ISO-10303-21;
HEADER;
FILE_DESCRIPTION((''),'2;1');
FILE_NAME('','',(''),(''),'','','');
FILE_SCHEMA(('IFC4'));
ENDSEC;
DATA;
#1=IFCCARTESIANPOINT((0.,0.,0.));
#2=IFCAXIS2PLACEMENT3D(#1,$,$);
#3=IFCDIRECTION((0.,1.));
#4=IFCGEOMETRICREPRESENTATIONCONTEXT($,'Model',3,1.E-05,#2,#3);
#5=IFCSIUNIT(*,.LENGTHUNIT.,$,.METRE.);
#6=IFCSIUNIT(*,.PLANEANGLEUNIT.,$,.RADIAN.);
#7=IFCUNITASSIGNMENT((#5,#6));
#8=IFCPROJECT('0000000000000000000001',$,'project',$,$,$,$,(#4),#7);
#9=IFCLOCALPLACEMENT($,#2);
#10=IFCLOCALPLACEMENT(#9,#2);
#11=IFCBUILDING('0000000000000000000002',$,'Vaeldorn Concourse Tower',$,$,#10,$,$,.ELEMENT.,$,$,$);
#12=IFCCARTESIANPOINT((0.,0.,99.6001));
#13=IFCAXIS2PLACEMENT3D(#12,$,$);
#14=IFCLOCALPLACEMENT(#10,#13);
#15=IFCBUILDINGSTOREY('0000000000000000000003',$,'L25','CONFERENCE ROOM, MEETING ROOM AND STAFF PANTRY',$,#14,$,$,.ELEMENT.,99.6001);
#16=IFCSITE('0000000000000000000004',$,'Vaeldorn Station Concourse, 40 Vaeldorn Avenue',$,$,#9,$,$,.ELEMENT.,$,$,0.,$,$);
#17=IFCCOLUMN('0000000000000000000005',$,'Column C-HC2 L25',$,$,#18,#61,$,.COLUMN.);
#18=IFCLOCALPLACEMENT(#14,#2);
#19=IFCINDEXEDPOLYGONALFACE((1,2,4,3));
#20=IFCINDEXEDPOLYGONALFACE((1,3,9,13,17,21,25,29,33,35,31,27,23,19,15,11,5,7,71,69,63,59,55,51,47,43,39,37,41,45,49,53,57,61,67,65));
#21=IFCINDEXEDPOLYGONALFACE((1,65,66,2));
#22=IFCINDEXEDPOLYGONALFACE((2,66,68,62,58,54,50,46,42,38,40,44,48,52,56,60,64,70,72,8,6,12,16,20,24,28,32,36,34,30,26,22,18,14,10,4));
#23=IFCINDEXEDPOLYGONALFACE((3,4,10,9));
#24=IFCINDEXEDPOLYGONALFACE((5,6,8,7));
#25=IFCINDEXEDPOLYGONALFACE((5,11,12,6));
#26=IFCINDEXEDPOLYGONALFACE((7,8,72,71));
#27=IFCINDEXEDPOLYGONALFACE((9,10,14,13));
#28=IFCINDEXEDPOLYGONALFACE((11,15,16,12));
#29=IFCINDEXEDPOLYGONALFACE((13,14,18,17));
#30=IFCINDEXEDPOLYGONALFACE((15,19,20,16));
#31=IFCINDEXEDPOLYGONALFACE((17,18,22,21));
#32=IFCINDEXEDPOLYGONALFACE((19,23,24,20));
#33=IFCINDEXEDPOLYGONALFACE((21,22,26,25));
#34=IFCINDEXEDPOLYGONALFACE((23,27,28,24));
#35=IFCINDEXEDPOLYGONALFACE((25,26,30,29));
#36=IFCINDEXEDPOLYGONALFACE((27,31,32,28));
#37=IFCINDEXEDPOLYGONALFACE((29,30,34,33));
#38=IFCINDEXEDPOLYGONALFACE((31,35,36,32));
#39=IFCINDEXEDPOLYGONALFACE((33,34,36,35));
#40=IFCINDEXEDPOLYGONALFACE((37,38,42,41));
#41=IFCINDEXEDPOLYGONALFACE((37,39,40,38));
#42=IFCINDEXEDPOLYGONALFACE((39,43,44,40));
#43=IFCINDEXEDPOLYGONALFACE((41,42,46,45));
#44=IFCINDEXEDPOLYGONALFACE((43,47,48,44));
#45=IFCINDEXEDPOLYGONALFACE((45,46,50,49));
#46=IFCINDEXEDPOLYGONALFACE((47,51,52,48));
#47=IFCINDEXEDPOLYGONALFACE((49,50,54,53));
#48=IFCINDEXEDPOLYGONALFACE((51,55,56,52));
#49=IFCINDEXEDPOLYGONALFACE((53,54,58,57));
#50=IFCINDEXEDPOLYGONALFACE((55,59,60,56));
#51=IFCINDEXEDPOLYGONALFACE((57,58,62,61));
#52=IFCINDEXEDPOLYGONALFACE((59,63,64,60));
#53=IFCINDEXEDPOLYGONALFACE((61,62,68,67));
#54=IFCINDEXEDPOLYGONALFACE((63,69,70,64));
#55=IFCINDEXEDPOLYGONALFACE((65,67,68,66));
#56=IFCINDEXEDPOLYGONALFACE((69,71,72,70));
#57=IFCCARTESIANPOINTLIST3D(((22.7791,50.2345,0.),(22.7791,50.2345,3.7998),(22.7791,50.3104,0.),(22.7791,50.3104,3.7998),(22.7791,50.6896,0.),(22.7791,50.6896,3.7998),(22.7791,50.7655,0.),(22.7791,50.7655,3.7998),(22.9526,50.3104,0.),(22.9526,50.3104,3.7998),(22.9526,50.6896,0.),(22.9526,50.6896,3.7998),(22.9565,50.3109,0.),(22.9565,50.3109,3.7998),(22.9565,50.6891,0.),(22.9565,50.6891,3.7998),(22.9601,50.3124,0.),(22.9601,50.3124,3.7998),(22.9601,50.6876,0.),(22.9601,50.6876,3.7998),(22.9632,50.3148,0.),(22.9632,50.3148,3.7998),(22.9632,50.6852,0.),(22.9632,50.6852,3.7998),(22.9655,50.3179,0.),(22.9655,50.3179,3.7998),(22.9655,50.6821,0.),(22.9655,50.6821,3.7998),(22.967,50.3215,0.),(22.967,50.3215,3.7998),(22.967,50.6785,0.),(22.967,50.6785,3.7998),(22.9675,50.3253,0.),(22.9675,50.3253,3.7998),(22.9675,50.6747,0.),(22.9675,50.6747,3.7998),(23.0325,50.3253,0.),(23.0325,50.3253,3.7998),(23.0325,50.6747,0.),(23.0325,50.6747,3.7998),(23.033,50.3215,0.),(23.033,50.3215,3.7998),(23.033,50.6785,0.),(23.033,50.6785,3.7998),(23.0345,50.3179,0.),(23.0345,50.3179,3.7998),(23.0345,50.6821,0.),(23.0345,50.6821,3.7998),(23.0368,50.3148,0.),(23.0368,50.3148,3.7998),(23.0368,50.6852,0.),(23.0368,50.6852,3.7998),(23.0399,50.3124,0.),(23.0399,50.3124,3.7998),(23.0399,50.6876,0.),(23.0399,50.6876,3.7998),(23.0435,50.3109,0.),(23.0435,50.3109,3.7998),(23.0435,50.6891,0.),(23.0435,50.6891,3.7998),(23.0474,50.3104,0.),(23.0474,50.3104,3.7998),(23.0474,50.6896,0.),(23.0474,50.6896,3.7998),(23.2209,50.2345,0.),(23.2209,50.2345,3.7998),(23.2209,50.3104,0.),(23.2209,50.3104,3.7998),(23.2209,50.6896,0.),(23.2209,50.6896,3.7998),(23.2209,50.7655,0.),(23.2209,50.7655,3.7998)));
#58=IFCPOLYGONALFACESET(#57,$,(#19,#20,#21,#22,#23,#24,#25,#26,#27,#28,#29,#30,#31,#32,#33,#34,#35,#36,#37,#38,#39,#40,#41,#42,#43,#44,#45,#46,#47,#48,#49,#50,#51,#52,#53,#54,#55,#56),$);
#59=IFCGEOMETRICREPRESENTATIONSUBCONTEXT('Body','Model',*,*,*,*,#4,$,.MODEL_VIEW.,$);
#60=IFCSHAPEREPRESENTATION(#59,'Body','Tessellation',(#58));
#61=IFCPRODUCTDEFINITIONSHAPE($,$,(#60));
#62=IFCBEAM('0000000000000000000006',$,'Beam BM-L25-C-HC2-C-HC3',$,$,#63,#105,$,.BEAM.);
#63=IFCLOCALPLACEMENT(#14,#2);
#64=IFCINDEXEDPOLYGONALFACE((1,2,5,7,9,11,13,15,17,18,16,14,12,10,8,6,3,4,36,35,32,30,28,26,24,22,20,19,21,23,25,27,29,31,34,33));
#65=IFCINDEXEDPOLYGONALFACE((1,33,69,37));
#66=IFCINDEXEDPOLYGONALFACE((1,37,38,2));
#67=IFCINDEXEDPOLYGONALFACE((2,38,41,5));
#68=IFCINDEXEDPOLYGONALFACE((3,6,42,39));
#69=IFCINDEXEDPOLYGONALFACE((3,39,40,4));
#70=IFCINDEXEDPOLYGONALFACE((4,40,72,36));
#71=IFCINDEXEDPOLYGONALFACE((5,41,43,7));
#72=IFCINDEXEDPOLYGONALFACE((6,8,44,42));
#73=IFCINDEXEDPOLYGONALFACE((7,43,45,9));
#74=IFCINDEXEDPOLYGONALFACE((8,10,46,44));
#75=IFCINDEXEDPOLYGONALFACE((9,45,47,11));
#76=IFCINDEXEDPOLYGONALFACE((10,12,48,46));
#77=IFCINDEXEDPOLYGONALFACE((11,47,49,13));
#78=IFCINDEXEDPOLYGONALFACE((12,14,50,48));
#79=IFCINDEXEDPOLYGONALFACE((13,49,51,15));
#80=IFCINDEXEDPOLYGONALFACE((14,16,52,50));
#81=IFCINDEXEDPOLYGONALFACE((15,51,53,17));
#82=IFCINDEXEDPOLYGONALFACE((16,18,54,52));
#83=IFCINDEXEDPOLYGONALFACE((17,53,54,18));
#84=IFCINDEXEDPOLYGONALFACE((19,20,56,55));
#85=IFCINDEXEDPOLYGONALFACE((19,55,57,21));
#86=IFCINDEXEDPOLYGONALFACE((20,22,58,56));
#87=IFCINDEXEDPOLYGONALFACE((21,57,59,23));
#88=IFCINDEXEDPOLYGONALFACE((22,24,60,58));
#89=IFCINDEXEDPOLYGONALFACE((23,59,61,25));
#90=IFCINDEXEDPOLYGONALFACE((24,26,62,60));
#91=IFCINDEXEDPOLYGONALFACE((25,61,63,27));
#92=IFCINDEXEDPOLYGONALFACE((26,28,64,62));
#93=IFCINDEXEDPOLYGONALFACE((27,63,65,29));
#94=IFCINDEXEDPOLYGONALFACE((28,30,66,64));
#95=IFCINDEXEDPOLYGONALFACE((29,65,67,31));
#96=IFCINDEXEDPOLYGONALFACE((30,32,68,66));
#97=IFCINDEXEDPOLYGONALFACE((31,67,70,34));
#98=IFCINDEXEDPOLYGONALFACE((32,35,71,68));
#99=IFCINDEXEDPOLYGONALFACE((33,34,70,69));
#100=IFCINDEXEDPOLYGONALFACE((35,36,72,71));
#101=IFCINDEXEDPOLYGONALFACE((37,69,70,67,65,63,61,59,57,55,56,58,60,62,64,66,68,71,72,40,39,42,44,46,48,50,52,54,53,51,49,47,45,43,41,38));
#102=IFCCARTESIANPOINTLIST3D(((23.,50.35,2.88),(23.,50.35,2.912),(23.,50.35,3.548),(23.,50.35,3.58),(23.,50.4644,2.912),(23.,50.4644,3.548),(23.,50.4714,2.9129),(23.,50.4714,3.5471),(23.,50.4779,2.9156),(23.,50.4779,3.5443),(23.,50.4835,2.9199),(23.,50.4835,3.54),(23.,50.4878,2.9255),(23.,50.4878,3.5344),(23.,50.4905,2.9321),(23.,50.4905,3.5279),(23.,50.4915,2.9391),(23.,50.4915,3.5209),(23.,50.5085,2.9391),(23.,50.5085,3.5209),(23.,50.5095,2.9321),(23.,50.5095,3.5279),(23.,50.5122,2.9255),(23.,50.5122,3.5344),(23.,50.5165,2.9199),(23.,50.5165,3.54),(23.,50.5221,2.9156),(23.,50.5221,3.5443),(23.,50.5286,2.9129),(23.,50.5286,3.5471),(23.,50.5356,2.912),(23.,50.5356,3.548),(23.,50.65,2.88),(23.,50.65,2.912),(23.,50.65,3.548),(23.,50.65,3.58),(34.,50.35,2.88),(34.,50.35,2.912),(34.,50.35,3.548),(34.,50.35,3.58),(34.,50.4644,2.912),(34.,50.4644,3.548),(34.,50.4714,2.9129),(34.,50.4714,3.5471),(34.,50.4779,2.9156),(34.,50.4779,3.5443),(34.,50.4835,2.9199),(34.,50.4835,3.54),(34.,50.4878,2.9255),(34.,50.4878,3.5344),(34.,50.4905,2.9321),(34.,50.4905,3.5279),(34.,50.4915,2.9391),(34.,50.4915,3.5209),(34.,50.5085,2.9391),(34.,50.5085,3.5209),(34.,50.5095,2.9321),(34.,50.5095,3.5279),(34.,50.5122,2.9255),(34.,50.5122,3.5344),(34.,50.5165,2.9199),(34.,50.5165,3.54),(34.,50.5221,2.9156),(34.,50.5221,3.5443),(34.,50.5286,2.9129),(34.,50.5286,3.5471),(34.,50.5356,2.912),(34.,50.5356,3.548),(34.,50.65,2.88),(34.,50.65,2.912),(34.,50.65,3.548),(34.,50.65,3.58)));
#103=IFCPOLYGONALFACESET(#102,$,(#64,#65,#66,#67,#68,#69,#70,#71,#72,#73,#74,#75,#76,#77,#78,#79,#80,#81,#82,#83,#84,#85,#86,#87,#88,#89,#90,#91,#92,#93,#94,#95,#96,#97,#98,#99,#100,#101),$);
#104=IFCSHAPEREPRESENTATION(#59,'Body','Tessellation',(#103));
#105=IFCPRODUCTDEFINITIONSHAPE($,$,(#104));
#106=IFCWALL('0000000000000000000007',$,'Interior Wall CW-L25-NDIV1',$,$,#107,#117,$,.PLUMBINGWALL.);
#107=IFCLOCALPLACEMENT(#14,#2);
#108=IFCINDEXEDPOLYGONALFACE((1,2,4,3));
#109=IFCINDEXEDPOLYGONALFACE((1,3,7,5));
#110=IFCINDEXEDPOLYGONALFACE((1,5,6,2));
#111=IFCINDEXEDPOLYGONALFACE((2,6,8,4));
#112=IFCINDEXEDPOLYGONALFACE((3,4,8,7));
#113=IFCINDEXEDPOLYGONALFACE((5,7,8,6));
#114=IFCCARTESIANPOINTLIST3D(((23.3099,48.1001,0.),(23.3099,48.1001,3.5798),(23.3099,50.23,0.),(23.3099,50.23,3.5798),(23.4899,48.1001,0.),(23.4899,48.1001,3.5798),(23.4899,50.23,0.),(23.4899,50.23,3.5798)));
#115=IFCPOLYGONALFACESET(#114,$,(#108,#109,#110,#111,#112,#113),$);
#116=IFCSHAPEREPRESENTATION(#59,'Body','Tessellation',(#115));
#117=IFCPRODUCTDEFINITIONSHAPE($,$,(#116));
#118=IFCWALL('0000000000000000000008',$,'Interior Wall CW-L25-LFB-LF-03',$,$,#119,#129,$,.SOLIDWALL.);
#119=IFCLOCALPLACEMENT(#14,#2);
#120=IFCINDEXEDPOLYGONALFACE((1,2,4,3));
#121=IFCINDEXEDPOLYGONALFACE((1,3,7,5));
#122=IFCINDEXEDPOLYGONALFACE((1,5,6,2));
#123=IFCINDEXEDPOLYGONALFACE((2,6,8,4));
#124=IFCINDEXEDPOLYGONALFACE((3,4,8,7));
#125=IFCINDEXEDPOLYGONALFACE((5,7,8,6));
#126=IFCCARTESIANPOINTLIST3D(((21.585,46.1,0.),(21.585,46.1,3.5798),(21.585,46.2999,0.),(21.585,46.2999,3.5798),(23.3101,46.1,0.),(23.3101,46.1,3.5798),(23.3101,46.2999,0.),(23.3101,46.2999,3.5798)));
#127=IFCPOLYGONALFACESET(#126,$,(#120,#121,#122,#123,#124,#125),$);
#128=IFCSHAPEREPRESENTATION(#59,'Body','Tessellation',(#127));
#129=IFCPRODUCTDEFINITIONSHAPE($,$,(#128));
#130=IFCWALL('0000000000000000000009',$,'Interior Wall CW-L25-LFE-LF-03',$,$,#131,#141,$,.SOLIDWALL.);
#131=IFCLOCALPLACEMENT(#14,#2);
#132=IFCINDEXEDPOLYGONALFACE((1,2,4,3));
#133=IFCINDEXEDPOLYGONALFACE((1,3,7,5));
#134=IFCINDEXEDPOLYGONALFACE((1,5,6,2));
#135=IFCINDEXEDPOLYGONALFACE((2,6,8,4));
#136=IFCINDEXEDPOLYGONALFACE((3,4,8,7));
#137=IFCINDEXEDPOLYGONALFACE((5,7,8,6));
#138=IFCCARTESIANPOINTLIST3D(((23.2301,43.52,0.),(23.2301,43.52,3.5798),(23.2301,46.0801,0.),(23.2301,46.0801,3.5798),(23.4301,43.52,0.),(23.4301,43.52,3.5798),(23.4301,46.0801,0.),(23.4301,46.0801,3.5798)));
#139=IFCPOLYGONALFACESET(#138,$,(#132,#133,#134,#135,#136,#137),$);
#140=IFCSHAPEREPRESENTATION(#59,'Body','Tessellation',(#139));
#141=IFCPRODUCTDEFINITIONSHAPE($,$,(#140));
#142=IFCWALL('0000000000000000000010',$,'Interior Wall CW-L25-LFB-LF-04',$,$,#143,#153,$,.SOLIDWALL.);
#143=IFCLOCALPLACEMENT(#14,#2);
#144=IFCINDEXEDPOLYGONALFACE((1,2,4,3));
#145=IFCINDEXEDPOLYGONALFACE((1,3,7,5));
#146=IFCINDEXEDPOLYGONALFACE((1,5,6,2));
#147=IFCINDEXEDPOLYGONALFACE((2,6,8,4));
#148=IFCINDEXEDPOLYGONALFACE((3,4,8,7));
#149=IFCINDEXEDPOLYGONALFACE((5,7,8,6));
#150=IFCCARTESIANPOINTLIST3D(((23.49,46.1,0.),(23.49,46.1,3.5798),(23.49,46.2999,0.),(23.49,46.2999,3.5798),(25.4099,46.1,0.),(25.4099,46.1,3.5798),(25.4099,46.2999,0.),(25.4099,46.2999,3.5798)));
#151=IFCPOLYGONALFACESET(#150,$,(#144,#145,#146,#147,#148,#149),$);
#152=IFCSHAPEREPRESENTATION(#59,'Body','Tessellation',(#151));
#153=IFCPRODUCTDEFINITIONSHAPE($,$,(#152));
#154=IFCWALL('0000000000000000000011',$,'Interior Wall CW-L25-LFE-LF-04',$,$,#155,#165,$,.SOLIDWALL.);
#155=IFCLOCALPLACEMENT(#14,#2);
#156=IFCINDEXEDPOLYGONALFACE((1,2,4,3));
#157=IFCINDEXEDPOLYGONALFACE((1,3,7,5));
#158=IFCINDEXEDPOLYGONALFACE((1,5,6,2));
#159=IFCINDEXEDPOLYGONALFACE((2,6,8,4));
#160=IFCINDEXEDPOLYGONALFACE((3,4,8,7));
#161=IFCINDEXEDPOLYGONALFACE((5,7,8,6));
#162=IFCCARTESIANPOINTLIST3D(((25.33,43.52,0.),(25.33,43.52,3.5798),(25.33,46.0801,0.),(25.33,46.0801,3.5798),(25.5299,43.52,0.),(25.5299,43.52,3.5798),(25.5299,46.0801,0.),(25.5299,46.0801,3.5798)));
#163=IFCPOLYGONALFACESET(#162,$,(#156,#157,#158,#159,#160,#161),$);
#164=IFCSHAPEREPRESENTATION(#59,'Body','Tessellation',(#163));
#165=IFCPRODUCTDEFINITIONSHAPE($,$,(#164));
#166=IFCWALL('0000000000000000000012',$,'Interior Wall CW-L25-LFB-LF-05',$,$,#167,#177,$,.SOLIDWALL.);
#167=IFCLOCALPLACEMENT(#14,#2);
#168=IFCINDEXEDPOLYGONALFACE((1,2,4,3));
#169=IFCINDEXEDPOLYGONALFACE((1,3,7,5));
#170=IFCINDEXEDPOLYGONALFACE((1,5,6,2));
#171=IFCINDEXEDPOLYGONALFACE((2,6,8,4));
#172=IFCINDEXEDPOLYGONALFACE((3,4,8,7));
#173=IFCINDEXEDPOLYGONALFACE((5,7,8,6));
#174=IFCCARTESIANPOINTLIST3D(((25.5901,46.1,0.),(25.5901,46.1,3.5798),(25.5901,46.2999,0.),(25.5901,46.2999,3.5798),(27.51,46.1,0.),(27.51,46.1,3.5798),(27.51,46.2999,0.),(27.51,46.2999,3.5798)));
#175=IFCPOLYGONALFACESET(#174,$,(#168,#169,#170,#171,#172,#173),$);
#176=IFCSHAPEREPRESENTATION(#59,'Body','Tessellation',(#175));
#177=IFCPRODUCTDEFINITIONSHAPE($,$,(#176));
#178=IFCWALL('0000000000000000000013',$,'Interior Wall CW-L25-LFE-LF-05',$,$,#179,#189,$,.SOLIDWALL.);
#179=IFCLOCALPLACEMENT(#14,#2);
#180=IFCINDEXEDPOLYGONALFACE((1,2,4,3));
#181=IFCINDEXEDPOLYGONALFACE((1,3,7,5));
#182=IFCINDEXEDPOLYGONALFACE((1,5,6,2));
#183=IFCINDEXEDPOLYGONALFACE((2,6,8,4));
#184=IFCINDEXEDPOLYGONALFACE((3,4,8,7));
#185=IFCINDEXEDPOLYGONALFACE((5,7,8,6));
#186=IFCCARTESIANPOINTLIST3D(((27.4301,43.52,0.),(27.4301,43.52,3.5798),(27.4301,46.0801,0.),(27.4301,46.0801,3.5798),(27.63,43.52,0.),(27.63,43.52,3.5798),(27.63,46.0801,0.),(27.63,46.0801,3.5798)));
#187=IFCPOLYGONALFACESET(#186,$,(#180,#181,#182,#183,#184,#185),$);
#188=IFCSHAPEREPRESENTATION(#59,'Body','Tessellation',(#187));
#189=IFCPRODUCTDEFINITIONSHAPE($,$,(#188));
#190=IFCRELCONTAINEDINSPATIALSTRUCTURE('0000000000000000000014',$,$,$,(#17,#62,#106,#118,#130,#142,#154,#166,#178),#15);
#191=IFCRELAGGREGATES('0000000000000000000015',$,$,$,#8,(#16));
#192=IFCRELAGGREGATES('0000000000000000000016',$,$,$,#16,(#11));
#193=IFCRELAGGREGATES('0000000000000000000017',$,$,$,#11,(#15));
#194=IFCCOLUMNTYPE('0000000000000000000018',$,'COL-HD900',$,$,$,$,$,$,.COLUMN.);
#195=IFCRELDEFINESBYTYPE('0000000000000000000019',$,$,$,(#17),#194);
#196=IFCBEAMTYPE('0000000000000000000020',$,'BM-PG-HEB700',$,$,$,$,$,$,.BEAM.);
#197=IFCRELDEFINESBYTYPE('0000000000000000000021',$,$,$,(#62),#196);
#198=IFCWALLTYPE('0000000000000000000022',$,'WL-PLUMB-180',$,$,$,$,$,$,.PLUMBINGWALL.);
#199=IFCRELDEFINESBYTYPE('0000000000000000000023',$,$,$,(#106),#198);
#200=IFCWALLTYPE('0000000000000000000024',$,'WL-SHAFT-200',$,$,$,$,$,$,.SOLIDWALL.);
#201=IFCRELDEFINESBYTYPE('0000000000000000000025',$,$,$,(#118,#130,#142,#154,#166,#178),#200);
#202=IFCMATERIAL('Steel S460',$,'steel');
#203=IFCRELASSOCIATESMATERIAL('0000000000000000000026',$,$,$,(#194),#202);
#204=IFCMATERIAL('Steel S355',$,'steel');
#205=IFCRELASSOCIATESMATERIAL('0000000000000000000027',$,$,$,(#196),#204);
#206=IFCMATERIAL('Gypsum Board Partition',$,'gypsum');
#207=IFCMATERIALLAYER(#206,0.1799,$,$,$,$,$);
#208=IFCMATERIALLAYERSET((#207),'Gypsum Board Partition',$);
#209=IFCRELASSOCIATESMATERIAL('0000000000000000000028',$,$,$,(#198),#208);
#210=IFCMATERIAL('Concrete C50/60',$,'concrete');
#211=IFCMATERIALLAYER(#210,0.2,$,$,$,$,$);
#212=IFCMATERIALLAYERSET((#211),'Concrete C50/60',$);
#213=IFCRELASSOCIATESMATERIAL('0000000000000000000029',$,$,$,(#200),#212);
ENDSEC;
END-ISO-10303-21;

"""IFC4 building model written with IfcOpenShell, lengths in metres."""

from ifc_helpers import new_model, si_unit, direction, frame, frame_2d, origin, origin_2d, place, context, subcontext, project, spatial, rectangle, i_section, extrude, source, transform, mapped, material, layer, layer_set, material_profile, profile_set, type_object, element, save


model = new_model("IFC4")

# Units and contexts
model_context = context("Model", 3, precision=1e-05, world=origin(), true_north=direction((0.0, 1.0)))
body_context = subcontext(model_context, "Body", "Model", "MODEL_VIEW")
ifc_project = project(units=[si_unit("LENGTHUNIT", "METRE"), si_unit("PLANEANGLEUNIT", "RADIAN")], contexts=[model_context])

# Site, building, storey
site_placement = place(None, origin())
site = spatial("IfcSite", under=ifc_project, at=site_placement, Name="Vaeldorn Station Concourse, 40 Vaeldorn Avenue", CompositionType="ELEMENT", RefElevation=0.0)
building_placement = place(site_placement, origin())
building = spatial("IfcBuilding", under=site, at=building_placement, Name="Vaeldorn Concourse Tower", CompositionType="ELEMENT")
storey_placement = place(building_placement, frame((0.0, 0.0, 99.6001)))
storey = spatial("IfcBuildingStorey", under=building, at=storey_placement, Name="L25", Description="CONFERENCE ROOM, MEETING ROOM AND STAFF PANTRY", CompositionType="ELEMENT", Elevation=99.6001)

# Column
ifc_material_1 = material(Name="Steel S460", Category="steel")
ifc_material_profile_1 = material_profile(ifc_material_1, i_section(OverallWidth=0.4419, OverallDepth=0.531, WebThickness=0.0649, FlangeThickness=0.0759, FilletRadius=0.0149, at=origin_2d()), Name="HD 400x900")
ifc_profile_set_1 = profile_set([ifc_material_profile_1], Name="Steel S460")
column_type = type_object("IfcColumnType", Name="COL-HD900", PredefinedType="COLUMN", material=ifc_profile_set_1)
shared_shape_1 = source(origin(), body_context, "Body", "SweptSolid", [
    extrude(i_section(OverallWidth=0.4419, OverallDepth=0.531, WebThickness=0.0649, FlangeThickness=0.0759, FilletRadius=0.0149, at=origin_2d()), origin(), (0.0, 0.0, 1.0), 3.7998),
])
column_placement = place(storey_placement, frame((23.0, 50.5, 0.0), z_axis=(0.0, 0.0, 1.0), x_axis=(1.0, 0.0, 0.0)))
element("IfcColumn", 1, at=column_placement, inside=storey, type_object=column_type, Name="Column C-HC2 L25", PredefinedType="COLUMN", context=body_context, shape_type="MappedRepresentation", body=[
    mapped(shared_shape_1, transform((0.0, 0.0, 0.0), scale=1.0)),
])

# Beam
ifc_material_2 = material(Name="Steel S355", Category="steel")
ifc_material_profile_2 = material_profile(ifc_material_2, i_section(OverallWidth=0.3, OverallDepth=0.7, WebThickness=0.0171, FlangeThickness=0.032, FilletRadius=0.0271, at=origin_2d()), Name="HEB 700")
ifc_profile_set_2 = profile_set([ifc_material_profile_2], Name="Steel S355")
beam_type = type_object("IfcBeamType", Name="BM-PG-HEB700", PredefinedType="BEAM", material=ifc_profile_set_2)
shared_shape_2 = source(origin(), body_context, "Body", "SweptSolid", [
    extrude(i_section(OverallWidth=0.3, OverallDepth=0.7, WebThickness=0.0171, FlangeThickness=0.032, FilletRadius=0.0271, at=origin_2d()), origin(), (0.0, 0.0, 1.0), 11.0),
])
beam_placement = place(storey_placement, frame((23.0, 50.5, 3.23), z_axis=(1.0, 0.0, 0.0), x_axis=(0.0, 1.0, 0.0)))
element("IfcBeam", 2, at=beam_placement, inside=storey, type_object=beam_type, Name="Beam BM-L25-C-HC2-C-HC3", PredefinedType="BEAM", context=body_context, shape_type="MappedRepresentation", body=[
    mapped(shared_shape_2, transform((0.0, 0.0, 0.0), scale=1.0)),
])

# Walls
ifc_material_3 = material(Name="Gypsum Board Partition", Category="gypsum")
ifc_layer_1 = layer(ifc_material_3, 0.1799)
ifc_layer_set_1 = layer_set([ifc_layer_1], Name="Gypsum Board Partition")
wall_type_1 = type_object("IfcWallType", Name="WL-PLUMB-180", PredefinedType="PLUMBINGWALL", material=ifc_layer_set_1)
wall_1_placement = place(storey_placement, frame((23.3999, 48.1001, 0.0), z_axis=(0.0, 0.0, 1.0), x_axis=(0.0, 1.0, 0.0)))
element("IfcWall", 3, at=wall_1_placement, inside=storey, type_object=wall_type_1, Name="Interior Wall CW-L25-NDIV1", PredefinedType="PLUMBINGWALL", context=body_context, shape_type="SweptSolid", body=[
    extrude(rectangle(XDim=2.1299, YDim=0.1799, at=frame_2d((1.0649, 0.0))), origin(), (0.0, 0.0, 1.0), 3.5798),
])
ifc_material_4 = material(Name="Concrete C50/60", Category="concrete")
ifc_layer_2 = layer(ifc_material_4, 0.2)
ifc_layer_set_2 = layer_set([ifc_layer_2], Name="Concrete C50/60")
wall_type_2 = type_object("IfcWallType", Name="WL-SHAFT-200", PredefinedType="SOLIDWALL", material=ifc_layer_set_2)
wall_2_placement = place(storey_placement, frame((21.585, 46.2, 0.0), z_axis=(0.0, 0.0, 1.0), x_axis=(1.0, 0.0, 0.0)))
element("IfcWall", 4, at=wall_2_placement, inside=storey, type_object=wall_type_2, Name="Interior Wall CW-L25-LFB-LF-03", PredefinedType="SOLIDWALL", context=body_context, shape_type="SweptSolid", body=[
    extrude(rectangle(XDim=1.7251, YDim=0.2, at=frame_2d((0.8625, 0.0))), origin(), (0.0, 0.0, 1.0), 3.5798),
])
wall_3_placement = place(storey_placement, frame((23.3301, 43.52, 0.0), z_axis=(0.0, 0.0, 1.0), x_axis=(0.0, 1.0, 0.0)))
element("IfcWall", 5, at=wall_3_placement, inside=storey, type_object=wall_type_2, Name="Interior Wall CW-L25-LFE-LF-03", PredefinedType="SOLIDWALL", context=body_context, shape_type="SweptSolid", body=[
    extrude(rectangle(XDim=2.5601, YDim=0.2, at=frame_2d((1.28, 0.0))), origin(), (0.0, 0.0, 1.0), 3.5798),
])

# Walls
wall_4_placement = place(storey_placement, frame((23.49, 46.2, 0.0), z_axis=(0.0, 0.0, 1.0), x_axis=(1.0, 0.0, 0.0)))
element("IfcWall", 6, at=wall_4_placement, inside=storey, type_object=wall_type_2, Name="Interior Wall CW-L25-LFB-LF-04", PredefinedType="SOLIDWALL", context=body_context, shape_type="SweptSolid", body=[
    extrude(rectangle(XDim=1.9199, YDim=0.2, at=frame_2d((0.96, 0.0))), origin(), (0.0, 0.0, 1.0), 3.5798),
])
wall_5_placement = place(storey_placement, frame((25.4299, 43.52, 0.0), z_axis=(0.0, 0.0, 1.0), x_axis=(0.0, 1.0, 0.0)))
element("IfcWall", 7, at=wall_5_placement, inside=storey, type_object=wall_type_2, Name="Interior Wall CW-L25-LFE-LF-04", PredefinedType="SOLIDWALL", context=body_context, shape_type="SweptSolid", body=[
    extrude(rectangle(XDim=2.5601, YDim=0.2, at=frame_2d((1.28, 0.0))), origin(), (0.0, 0.0, 1.0), 3.5798),
])

# Walls
wall_6_placement = place(storey_placement, frame((25.5901, 46.2, 0.0), z_axis=(0.0, 0.0, 1.0), x_axis=(1.0, 0.0, 0.0)))
element("IfcWall", 8, at=wall_6_placement, inside=storey, type_object=wall_type_2, Name="Interior Wall CW-L25-LFB-LF-05", PredefinedType="SOLIDWALL", context=body_context, shape_type="SweptSolid", body=[
    extrude(rectangle(XDim=1.9199, YDim=0.2, at=frame_2d((0.96, 0.0))), origin(), (0.0, 0.0, 1.0), 3.5798),
])
wall_7_placement = place(storey_placement, frame((27.53, 43.52, 0.0), z_axis=(0.0, 0.0, 1.0), x_axis=(0.0, 1.0, 0.0)))
element("IfcWall", 9, at=wall_7_placement, inside=storey, type_object=wall_type_2, Name="Interior Wall CW-L25-LFE-LF-05", PredefinedType="SOLIDWALL", context=body_context, shape_type="SweptSolid", body=[
    extrude(rectangle(XDim=2.5601, YDim=0.2, at=frame_2d((1.28, 0.0))), origin(), (0.0, 0.0, 1.0), 3.5798),
])

save(model, "model.ifc")
